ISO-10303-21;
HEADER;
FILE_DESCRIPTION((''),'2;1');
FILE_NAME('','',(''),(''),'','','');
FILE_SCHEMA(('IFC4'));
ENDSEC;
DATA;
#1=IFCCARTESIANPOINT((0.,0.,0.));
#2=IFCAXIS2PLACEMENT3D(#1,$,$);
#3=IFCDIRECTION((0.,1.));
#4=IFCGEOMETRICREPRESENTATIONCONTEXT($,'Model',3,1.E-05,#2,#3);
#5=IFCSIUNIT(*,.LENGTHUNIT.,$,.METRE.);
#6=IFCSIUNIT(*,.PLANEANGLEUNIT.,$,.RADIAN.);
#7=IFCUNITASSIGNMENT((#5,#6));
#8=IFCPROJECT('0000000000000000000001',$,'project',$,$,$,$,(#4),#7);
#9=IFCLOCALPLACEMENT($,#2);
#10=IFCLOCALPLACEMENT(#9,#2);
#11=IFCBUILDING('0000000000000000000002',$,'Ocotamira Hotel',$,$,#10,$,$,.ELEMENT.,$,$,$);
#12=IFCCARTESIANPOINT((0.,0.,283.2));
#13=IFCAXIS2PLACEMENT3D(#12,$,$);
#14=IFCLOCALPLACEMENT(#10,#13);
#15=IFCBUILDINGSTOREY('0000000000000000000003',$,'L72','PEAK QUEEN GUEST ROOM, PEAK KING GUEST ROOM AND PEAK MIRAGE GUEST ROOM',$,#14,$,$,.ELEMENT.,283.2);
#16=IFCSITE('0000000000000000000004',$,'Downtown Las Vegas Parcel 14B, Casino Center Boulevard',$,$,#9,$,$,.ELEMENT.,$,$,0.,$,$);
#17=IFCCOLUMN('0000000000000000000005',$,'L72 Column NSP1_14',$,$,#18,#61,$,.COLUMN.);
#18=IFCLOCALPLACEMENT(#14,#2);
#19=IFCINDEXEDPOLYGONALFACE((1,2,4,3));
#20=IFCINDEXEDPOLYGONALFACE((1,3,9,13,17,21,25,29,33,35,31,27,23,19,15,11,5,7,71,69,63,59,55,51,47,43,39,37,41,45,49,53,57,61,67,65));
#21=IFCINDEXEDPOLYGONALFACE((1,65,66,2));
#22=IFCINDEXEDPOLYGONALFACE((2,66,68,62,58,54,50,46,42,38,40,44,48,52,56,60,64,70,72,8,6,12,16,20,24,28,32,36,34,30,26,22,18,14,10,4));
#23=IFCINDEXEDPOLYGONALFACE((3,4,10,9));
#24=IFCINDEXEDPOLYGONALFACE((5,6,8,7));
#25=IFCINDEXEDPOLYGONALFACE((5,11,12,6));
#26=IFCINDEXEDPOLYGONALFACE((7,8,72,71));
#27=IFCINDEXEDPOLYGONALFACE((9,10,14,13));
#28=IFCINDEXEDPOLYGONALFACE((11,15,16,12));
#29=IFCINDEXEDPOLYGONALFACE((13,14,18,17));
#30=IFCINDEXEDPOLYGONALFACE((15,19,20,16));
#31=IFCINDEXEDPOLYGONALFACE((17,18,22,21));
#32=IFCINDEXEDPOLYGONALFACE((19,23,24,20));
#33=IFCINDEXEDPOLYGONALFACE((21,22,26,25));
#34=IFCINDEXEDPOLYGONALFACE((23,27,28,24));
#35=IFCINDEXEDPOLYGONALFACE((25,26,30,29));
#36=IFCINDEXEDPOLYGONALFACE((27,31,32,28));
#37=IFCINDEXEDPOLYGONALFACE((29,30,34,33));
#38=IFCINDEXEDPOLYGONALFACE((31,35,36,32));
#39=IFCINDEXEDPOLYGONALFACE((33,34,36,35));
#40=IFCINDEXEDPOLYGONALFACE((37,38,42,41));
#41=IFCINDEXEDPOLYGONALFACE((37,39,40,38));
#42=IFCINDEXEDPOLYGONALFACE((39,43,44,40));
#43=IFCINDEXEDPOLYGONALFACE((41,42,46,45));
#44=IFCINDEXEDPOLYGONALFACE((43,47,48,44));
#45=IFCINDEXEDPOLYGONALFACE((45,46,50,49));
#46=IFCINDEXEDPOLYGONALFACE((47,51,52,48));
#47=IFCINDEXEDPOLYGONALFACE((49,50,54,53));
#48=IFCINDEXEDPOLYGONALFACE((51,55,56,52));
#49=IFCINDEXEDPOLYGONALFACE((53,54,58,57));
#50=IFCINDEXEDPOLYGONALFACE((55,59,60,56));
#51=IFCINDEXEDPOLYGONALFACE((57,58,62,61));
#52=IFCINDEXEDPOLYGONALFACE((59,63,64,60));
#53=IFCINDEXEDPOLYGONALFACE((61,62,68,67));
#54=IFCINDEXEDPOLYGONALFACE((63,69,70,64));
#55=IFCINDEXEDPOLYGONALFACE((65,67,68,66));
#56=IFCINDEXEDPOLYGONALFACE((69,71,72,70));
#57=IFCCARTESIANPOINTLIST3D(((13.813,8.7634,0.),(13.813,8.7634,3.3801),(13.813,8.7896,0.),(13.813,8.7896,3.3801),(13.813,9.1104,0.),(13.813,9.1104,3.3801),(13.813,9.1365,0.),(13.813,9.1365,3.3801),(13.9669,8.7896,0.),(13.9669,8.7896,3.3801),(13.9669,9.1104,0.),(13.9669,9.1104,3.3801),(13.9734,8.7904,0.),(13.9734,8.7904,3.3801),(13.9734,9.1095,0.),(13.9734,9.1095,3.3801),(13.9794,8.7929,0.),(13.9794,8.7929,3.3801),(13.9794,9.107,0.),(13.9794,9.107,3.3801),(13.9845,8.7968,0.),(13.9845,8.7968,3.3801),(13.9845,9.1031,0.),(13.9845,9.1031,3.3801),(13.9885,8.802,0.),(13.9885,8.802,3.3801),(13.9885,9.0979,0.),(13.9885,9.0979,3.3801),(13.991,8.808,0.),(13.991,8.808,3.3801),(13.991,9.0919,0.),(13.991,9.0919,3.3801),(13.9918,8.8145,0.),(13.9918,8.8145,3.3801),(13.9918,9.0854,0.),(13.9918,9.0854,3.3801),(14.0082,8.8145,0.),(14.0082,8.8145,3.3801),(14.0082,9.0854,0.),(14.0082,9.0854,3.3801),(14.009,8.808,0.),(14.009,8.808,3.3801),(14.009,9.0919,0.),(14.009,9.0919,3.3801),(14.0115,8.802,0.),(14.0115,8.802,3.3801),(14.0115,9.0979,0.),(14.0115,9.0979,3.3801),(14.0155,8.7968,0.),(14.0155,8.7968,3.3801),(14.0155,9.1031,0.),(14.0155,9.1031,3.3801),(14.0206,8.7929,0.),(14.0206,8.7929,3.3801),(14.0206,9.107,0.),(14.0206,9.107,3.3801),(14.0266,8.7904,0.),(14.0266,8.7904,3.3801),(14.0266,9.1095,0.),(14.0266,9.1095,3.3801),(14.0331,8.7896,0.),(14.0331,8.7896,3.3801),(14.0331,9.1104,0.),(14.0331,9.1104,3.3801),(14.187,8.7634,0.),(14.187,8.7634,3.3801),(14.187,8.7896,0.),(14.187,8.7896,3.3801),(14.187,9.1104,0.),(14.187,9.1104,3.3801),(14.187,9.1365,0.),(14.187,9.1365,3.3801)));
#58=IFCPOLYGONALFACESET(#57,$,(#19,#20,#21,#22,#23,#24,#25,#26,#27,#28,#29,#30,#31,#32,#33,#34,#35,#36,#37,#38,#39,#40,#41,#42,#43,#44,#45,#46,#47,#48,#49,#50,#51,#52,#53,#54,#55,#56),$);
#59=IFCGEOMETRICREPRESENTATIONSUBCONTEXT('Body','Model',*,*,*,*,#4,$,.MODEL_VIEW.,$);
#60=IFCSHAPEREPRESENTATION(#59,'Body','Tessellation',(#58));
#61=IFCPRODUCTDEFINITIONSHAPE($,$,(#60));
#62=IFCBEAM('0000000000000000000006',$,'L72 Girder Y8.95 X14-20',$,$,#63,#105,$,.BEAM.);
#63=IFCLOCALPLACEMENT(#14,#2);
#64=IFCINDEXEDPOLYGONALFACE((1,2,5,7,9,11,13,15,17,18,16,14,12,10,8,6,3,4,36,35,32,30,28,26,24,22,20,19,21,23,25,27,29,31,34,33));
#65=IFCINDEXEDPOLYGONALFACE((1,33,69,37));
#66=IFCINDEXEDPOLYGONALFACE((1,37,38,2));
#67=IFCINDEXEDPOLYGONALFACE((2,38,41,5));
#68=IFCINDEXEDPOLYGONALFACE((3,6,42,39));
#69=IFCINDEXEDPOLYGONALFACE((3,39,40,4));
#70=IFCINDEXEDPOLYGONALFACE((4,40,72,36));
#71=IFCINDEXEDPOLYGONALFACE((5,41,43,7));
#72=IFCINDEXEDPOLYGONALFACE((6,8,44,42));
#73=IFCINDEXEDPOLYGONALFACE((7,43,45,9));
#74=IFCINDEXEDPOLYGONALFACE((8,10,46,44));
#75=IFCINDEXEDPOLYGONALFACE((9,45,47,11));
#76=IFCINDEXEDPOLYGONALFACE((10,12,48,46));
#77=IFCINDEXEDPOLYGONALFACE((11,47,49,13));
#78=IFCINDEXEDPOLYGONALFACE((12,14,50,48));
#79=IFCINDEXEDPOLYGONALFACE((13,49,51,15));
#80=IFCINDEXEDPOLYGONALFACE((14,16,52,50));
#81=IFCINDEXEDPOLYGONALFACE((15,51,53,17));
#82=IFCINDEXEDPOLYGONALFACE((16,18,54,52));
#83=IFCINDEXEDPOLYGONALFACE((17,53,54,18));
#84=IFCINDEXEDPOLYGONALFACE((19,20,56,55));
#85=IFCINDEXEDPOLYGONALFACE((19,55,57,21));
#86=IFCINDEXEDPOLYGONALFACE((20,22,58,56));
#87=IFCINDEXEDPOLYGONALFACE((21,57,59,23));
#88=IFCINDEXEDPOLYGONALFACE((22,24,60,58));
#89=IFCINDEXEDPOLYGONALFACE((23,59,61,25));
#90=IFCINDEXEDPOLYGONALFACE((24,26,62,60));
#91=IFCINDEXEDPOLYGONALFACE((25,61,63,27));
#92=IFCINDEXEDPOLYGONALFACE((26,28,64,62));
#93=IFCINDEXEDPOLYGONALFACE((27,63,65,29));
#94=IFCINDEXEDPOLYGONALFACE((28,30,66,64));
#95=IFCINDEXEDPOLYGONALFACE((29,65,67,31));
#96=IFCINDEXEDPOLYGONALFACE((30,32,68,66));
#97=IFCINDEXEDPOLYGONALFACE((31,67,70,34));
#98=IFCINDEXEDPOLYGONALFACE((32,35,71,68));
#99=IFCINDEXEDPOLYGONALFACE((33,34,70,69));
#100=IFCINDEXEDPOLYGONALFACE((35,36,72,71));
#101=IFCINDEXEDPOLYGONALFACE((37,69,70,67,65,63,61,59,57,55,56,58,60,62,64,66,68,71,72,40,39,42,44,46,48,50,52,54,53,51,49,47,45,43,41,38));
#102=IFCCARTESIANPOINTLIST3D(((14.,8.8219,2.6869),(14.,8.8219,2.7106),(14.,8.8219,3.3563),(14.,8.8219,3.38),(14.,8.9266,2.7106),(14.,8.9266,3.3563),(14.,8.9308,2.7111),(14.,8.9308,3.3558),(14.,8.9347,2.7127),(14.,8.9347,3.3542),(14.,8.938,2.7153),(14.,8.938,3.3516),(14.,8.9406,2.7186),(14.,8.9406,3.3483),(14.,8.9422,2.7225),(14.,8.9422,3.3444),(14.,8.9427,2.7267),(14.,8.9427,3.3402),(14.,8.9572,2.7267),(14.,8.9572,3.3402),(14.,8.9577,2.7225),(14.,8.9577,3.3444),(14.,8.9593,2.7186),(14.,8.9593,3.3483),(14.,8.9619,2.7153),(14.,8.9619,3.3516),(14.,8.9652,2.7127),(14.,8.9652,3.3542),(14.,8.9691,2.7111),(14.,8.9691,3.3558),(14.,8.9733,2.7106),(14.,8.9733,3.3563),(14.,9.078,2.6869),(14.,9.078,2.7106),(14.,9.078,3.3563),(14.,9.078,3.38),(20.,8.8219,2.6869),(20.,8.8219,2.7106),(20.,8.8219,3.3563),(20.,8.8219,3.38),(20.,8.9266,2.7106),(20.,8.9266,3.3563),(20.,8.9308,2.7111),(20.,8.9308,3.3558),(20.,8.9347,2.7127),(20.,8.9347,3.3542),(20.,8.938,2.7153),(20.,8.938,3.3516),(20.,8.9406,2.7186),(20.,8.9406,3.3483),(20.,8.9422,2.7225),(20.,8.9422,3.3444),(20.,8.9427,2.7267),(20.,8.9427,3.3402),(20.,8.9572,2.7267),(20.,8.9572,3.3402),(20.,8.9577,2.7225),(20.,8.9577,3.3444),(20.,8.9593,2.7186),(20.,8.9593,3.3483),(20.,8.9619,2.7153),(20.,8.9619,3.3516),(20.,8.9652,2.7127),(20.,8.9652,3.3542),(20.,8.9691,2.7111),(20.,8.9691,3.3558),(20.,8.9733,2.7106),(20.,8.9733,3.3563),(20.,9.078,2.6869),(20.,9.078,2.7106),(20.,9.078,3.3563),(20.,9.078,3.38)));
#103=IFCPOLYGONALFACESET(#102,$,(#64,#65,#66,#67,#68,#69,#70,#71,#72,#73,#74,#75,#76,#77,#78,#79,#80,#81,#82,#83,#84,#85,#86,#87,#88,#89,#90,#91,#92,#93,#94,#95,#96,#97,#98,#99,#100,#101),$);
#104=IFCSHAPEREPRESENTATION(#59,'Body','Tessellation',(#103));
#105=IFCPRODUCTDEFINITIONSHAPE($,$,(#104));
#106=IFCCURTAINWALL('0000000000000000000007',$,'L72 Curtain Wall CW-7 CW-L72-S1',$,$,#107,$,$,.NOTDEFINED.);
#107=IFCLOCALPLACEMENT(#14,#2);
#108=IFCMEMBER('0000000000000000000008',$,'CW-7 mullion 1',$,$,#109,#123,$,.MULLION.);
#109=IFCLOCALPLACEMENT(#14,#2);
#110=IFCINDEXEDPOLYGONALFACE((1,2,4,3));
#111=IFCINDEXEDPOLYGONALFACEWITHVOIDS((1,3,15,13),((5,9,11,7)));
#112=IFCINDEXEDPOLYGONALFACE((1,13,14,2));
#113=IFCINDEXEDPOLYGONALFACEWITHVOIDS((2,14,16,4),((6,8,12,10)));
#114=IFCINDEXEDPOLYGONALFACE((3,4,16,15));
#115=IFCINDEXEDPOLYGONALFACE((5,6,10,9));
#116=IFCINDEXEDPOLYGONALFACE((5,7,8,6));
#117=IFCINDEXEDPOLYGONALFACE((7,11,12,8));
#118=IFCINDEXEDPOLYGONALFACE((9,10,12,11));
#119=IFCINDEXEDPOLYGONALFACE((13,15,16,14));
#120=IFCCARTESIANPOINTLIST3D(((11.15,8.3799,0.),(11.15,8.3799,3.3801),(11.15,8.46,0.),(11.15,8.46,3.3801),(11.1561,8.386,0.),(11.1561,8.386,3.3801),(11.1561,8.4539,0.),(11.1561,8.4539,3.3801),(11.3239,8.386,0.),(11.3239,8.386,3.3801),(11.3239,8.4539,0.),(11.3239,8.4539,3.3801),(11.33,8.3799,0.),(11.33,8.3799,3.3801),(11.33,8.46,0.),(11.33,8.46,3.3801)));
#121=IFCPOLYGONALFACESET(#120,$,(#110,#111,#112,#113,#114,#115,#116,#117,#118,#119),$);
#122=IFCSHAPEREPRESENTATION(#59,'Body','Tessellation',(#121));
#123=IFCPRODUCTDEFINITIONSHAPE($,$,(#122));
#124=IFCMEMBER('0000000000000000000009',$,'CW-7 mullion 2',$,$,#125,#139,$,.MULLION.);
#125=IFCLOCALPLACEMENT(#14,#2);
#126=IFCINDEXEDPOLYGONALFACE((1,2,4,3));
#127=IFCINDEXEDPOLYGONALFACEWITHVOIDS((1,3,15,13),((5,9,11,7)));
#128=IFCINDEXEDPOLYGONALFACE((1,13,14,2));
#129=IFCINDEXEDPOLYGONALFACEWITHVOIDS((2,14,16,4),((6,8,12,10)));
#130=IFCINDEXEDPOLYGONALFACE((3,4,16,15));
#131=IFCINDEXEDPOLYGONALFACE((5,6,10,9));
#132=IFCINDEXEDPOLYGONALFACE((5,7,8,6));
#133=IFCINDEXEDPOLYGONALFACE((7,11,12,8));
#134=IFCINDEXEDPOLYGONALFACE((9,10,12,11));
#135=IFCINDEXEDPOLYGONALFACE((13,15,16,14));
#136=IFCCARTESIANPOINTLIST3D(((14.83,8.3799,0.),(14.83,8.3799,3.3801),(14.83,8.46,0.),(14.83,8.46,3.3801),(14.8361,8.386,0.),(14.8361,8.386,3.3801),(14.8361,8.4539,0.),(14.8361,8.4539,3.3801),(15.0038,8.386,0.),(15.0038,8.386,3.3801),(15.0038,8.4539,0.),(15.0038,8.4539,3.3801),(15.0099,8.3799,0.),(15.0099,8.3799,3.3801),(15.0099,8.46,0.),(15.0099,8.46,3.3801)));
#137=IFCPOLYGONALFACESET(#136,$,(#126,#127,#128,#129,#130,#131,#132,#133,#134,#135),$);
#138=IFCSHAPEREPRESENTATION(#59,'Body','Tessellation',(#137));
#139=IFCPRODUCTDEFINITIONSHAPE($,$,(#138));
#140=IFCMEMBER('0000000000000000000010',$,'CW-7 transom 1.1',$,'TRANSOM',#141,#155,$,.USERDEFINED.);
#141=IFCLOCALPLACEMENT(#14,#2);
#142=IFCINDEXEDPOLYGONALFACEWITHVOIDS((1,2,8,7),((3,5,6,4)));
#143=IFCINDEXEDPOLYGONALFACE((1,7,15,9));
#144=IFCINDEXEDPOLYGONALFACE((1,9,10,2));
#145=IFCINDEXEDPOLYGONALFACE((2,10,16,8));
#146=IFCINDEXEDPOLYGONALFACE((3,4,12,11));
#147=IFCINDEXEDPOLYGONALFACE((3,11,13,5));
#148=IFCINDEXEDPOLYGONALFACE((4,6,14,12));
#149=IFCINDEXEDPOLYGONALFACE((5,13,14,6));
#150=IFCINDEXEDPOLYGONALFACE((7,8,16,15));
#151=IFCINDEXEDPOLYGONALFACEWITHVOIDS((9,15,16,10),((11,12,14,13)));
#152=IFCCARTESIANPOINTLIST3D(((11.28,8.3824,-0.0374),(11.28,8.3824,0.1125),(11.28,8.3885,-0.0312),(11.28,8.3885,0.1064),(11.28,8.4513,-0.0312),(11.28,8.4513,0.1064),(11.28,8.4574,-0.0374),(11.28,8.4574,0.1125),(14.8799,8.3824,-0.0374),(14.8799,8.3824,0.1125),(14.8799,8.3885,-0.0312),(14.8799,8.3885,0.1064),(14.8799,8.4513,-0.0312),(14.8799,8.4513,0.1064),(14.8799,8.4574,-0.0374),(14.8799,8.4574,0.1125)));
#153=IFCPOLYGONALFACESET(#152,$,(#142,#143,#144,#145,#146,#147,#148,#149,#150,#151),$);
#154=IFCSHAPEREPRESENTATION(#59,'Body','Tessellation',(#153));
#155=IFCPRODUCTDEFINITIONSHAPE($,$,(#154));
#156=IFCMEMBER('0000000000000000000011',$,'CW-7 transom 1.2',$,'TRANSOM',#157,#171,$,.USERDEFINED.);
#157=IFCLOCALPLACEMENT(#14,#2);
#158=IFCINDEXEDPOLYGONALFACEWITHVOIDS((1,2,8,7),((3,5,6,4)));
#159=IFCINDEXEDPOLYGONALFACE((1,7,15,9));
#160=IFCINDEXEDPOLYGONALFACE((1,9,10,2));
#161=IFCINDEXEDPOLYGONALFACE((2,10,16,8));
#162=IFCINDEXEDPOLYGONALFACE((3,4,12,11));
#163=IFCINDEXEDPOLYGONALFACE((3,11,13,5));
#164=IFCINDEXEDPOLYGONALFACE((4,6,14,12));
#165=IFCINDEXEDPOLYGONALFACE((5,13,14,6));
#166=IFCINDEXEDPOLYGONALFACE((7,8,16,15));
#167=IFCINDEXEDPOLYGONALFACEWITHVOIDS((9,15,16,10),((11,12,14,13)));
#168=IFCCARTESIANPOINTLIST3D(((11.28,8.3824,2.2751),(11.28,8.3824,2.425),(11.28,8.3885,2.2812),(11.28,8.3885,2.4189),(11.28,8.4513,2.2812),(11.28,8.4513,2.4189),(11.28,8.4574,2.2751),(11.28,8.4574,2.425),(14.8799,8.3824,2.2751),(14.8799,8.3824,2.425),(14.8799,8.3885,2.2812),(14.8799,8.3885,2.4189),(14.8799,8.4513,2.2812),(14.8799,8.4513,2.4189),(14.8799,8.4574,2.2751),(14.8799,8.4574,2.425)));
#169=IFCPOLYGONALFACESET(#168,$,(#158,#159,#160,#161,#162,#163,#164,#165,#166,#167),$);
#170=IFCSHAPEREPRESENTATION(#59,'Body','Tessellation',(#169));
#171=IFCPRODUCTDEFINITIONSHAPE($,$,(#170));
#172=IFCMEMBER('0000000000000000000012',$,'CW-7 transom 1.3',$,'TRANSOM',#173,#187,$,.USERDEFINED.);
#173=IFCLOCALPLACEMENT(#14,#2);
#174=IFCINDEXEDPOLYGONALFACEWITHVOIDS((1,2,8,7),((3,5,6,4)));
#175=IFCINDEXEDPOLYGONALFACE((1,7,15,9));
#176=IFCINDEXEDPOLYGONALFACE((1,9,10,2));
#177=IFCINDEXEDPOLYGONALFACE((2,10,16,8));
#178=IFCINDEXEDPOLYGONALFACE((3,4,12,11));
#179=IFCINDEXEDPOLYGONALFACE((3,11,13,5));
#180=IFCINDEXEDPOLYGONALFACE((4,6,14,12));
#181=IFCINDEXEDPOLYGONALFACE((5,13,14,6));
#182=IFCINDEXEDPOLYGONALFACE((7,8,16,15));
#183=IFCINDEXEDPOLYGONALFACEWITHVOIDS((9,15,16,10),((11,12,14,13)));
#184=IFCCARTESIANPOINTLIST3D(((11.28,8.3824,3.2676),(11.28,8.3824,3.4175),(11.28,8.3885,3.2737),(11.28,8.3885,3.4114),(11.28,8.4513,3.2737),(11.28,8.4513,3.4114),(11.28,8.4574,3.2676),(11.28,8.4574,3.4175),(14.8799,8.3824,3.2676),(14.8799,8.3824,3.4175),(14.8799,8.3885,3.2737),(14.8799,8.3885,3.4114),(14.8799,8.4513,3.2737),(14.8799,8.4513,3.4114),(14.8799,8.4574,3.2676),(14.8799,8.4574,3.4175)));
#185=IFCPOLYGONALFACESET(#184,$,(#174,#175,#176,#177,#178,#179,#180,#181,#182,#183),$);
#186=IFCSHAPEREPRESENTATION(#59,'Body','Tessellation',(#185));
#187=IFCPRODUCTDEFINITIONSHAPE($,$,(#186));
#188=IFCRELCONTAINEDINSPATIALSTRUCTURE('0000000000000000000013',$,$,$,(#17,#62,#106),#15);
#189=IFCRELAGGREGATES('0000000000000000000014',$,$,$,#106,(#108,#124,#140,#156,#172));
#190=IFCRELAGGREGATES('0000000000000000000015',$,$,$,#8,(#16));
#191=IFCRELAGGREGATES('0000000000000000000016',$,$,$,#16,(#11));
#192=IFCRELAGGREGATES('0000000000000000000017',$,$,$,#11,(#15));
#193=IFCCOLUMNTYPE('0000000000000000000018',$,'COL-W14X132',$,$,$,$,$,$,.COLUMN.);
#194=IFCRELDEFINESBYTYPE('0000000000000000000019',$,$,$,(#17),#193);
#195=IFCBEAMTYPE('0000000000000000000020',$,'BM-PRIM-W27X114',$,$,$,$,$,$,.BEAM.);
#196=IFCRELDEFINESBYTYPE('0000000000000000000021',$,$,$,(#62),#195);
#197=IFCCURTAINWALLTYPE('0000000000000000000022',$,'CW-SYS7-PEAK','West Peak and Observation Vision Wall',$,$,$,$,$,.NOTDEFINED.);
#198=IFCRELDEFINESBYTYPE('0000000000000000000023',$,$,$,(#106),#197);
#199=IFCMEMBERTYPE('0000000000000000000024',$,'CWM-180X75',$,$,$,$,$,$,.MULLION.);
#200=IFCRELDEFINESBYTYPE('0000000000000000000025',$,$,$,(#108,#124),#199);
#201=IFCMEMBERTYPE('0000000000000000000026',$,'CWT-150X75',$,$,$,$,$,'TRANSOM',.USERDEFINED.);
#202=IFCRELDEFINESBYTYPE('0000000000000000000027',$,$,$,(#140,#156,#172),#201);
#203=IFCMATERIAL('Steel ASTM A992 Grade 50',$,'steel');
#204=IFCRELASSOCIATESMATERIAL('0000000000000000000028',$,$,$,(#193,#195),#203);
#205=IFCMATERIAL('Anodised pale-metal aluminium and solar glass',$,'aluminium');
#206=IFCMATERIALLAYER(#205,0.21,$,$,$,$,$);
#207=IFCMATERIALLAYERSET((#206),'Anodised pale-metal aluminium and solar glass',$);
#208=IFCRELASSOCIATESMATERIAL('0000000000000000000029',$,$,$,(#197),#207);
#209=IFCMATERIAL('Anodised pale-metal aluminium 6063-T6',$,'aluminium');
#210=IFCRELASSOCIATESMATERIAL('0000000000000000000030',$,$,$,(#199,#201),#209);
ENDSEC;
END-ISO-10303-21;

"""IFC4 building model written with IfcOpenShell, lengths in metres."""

from ifc_helpers import new_model, si_unit, direction, frame, origin, origin_2d, place, context, subcontext, project, spatial, hollow_rectangle, i_section, extrude, source, transform, mapped, material, layer, layer_set, material_profile, profile_set, type_object, element, aggregate, save


model = new_model("IFC4")

# Units and contexts
model_context = context("Model", 3, precision=1e-05, world=origin(), true_north=direction((0.0, 1.0)))
body_context = subcontext(model_context, "Body", "Model", "MODEL_VIEW")
ifc_project = project(units=[si_unit("LENGTHUNIT", "METRE"), si_unit("PLANEANGLEUNIT", "RADIAN")], contexts=[model_context])

# Site, building, storey
site_placement = place(None, origin())
site = spatial("IfcSite", under=ifc_project, at=site_placement, Name="Downtown Las Vegas Parcel 14B, Casino Center Boulevard", CompositionType="ELEMENT", RefElevation=0.0)
building_placement = place(site_placement, origin())
building = spatial("IfcBuilding", under=site, at=building_placement, Name="Ocotamira Hotel", CompositionType="ELEMENT")
storey_placement = place(building_placement, frame((0.0, 0.0, 283.2)))
storey = spatial("IfcBuildingStorey", under=building, at=storey_placement, Name="L72", Description="PEAK QUEEN GUEST ROOM, PEAK KING GUEST ROOM AND PEAK MIRAGE GUEST ROOM", CompositionType="ELEMENT", Elevation=283.2)

# Column
ifc_material_1 = material(Name="Steel ASTM A992 Grade 50", Category="steel")
ifc_material_profile_1 = material_profile(ifc_material_1, i_section(OverallWidth=0.374, OverallDepth=0.373, WebThickness=0.0164, FlangeThickness=0.0261, FilletRadius=0.0249, at=origin_2d()), Name="W14X132")
ifc_profile_set_1 = profile_set([ifc_material_profile_1], Name="Steel ASTM A992 Grade 50")
column_type = type_object("IfcColumnType", Name="COL-W14X132", PredefinedType="COLUMN", material=ifc_profile_set_1)
shared_shape_1 = source(origin(), body_context, "Body", "SweptSolid", [
    extrude(i_section(OverallWidth=0.374, OverallDepth=0.373, WebThickness=0.0164, FlangeThickness=0.0261, FilletRadius=0.0249, at=origin_2d()), origin(), (0.0, 0.0, 1.0), 3.3801),
])
column_placement = place(storey_placement, frame((14.0, 8.95, 0.0), z_axis=(0.0, 0.0, 1.0), x_axis=(1.0, 0.0, 0.0)))
element("IfcColumn", 1, at=column_placement, inside=storey, type_object=column_type, Name="L72 Column NSP1_14", PredefinedType="COLUMN", context=body_context, shape_type="MappedRepresentation", body=[
    mapped(shared_shape_1, transform((0.0, 0.0, 0.0), scale=1.0)),
])

# Beam
ifc_material_profile_2 = material_profile(ifc_material_1, i_section(OverallWidth=0.2561, OverallDepth=0.6931, WebThickness=0.0144, FlangeThickness=0.0237, FilletRadius=0.0161, at=origin_2d()), Name="W27X114")
ifc_profile_set_2 = profile_set([ifc_material_profile_2], Name="Steel ASTM A992 Grade 50")
beam_type = type_object("IfcBeamType", Name="BM-PRIM-W27X114", PredefinedType="BEAM", material=ifc_profile_set_2)
shared_shape_2 = source(origin(), body_context, "Body", "SweptSolid", [
    extrude(i_section(OverallWidth=0.2561, OverallDepth=0.6931, WebThickness=0.0144, FlangeThickness=0.0237, FilletRadius=0.0161, at=origin_2d()), origin(), (0.0, 0.0, 1.0), 6.0),
])
beam_placement = place(storey_placement, frame((14.0, 8.95, 3.0334), z_axis=(1.0, 0.0, 0.0), x_axis=(0.0, 1.0, 0.0)))
element("IfcBeam", 2, at=beam_placement, inside=storey, type_object=beam_type, Name="L72 Girder Y8.95 X14-20", PredefinedType="BEAM", context=body_context, shape_type="MappedRepresentation", body=[
    mapped(shared_shape_2, transform((0.0, 0.0, 0.0), scale=1.0)),
])

# Curtain wall, members
ifc_material_2 = material(Name="Anodised pale-metal aluminium and solar glass", Category="aluminium")
ifc_layer_1 = layer(ifc_material_2, 0.21)
ifc_layer_set_1 = layer_set([ifc_layer_1], Name="Anodised pale-metal aluminium and solar glass")
curtain_wall_type = type_object("IfcCurtainWallType", Name="CW-SYS7-PEAK", Description="West Peak and Observation Vision Wall", PredefinedType="NOTDEFINED", material=ifc_layer_set_1)
curtain_wall_placement = place(storey_placement, origin())
curtain_wall = element("IfcCurtainWall", 3, at=curtain_wall_placement, inside=storey, type_object=curtain_wall_type, Name="L72 Curtain Wall CW-7 CW-L72-S1", PredefinedType="NOTDEFINED")
ifc_material_3 = material(Name="Anodised pale-metal aluminium 6063-T6", Category="aluminium")
ifc_material_profile_3 = material_profile(ifc_material_3, hollow_rectangle(XDim=0.0801, YDim=0.1799, WallThickness=0.0061, at=origin_2d()), Name="HSS180X80X6")
ifc_profile_set_3 = profile_set([ifc_material_profile_3], Name="Anodised pale-metal aluminium 6063-T6")
member_type_1 = type_object("IfcMemberType", Name="CWM-180X75", PredefinedType="MULLION", material=ifc_profile_set_3)
shared_shape_3 = source(origin(), body_context, "Body", "SweptSolid", [
    extrude(hollow_rectangle(XDim=0.0801, YDim=0.1799, WallThickness=0.0061, at=origin_2d()), origin(), (0.0, 0.0, 1.0), 3.3801),
])
member_1_placement = place(storey_placement, frame((11.24, 8.4199, 0.0), z_axis=(0.0, 0.0, 1.0), x_axis=(0.0, 1.0, 0.0)))
member_1 = element("IfcMember", 4, at=member_1_placement, type_object=member_type_1, Name="CW-7 mullion 1", PredefinedType="MULLION", context=body_context, shape_type="MappedRepresentation", body=[
    mapped(shared_shape_3, transform((0.0, 0.0, 0.0), scale=1.0)),
])
member_2_placement = place(storey_placement, frame((14.9199, 8.4199, 0.0), z_axis=(0.0, 0.0, 1.0), x_axis=(0.0, 1.0, 0.0)))
member_2 = element("IfcMember", 5, at=member_2_placement, type_object=member_type_1, Name="CW-7 mullion 2", PredefinedType="MULLION", context=body_context, shape_type="MappedRepresentation", body=[
    mapped(shared_shape_3, transform((0.0, 0.0, 0.0), scale=1.0)),
])
ifc_material_profile_4 = material_profile(ifc_material_3, hollow_rectangle(XDim=0.075, YDim=0.1499, WallThickness=0.0061, at=origin_2d()), Name="HSS150X75X6")
ifc_profile_set_4 = profile_set([ifc_material_profile_4], Name="Anodised pale-metal aluminium 6063-T6")
member_type_2 = type_object("IfcMemberType", Name="CWT-150X75", ElementType="TRANSOM", PredefinedType="USERDEFINED", material=ifc_profile_set_4)
shared_shape_4 = source(origin(), body_context, "Body", "SweptSolid", [
    extrude(hollow_rectangle(XDim=0.075, YDim=0.1499, WallThickness=0.0061, at=origin_2d()), origin(), (0.0, 0.0, 1.0), 3.5999),
])
member_3_placement = place(storey_placement, frame((11.28, 8.4199, 0.0376), z_axis=(1.0, 0.0, 0.0), x_axis=(0.0, 1.0, 0.0)))
member_3 = element("IfcMember", 6, at=member_3_placement, type_object=member_type_2, Name="CW-7 transom 1.1", ObjectType="TRANSOM", PredefinedType="USERDEFINED", context=body_context, shape_type="MappedRepresentation", body=[
    mapped(shared_shape_4, transform((0.0, 0.0, 0.0), scale=1.0)),
])
member_4_placement = place(storey_placement, frame((11.28, 8.4199, 2.3501), z_axis=(1.0, 0.0, 0.0), x_axis=(0.0, 1.0, 0.0)))
member_4 = element("IfcMember", 7, at=member_4_placement, type_object=member_type_2, Name="CW-7 transom 1.2", ObjectType="TRANSOM", PredefinedType="USERDEFINED", context=body_context, shape_type="MappedRepresentation", body=[
    mapped(shared_shape_4, transform((0.0, 0.0, 0.0), scale=1.0)),
])
member_5_placement = place(storey_placement, frame((11.28, 8.4199, 3.3425), z_axis=(1.0, 0.0, 0.0), x_axis=(0.0, 1.0, 0.0)))
member_5 = element("IfcMember", 8, at=member_5_placement, type_object=member_type_2, Name="CW-7 transom 1.3", ObjectType="TRANSOM", PredefinedType="USERDEFINED", context=body_context, shape_type="MappedRepresentation", body=[
    mapped(shared_shape_4, transform((0.0, 0.0, 0.0), scale=1.0)),
])
aggregate(curtain_wall, [member_1, member_2, member_3, member_4, member_5])

save(model, "model.ifc")
